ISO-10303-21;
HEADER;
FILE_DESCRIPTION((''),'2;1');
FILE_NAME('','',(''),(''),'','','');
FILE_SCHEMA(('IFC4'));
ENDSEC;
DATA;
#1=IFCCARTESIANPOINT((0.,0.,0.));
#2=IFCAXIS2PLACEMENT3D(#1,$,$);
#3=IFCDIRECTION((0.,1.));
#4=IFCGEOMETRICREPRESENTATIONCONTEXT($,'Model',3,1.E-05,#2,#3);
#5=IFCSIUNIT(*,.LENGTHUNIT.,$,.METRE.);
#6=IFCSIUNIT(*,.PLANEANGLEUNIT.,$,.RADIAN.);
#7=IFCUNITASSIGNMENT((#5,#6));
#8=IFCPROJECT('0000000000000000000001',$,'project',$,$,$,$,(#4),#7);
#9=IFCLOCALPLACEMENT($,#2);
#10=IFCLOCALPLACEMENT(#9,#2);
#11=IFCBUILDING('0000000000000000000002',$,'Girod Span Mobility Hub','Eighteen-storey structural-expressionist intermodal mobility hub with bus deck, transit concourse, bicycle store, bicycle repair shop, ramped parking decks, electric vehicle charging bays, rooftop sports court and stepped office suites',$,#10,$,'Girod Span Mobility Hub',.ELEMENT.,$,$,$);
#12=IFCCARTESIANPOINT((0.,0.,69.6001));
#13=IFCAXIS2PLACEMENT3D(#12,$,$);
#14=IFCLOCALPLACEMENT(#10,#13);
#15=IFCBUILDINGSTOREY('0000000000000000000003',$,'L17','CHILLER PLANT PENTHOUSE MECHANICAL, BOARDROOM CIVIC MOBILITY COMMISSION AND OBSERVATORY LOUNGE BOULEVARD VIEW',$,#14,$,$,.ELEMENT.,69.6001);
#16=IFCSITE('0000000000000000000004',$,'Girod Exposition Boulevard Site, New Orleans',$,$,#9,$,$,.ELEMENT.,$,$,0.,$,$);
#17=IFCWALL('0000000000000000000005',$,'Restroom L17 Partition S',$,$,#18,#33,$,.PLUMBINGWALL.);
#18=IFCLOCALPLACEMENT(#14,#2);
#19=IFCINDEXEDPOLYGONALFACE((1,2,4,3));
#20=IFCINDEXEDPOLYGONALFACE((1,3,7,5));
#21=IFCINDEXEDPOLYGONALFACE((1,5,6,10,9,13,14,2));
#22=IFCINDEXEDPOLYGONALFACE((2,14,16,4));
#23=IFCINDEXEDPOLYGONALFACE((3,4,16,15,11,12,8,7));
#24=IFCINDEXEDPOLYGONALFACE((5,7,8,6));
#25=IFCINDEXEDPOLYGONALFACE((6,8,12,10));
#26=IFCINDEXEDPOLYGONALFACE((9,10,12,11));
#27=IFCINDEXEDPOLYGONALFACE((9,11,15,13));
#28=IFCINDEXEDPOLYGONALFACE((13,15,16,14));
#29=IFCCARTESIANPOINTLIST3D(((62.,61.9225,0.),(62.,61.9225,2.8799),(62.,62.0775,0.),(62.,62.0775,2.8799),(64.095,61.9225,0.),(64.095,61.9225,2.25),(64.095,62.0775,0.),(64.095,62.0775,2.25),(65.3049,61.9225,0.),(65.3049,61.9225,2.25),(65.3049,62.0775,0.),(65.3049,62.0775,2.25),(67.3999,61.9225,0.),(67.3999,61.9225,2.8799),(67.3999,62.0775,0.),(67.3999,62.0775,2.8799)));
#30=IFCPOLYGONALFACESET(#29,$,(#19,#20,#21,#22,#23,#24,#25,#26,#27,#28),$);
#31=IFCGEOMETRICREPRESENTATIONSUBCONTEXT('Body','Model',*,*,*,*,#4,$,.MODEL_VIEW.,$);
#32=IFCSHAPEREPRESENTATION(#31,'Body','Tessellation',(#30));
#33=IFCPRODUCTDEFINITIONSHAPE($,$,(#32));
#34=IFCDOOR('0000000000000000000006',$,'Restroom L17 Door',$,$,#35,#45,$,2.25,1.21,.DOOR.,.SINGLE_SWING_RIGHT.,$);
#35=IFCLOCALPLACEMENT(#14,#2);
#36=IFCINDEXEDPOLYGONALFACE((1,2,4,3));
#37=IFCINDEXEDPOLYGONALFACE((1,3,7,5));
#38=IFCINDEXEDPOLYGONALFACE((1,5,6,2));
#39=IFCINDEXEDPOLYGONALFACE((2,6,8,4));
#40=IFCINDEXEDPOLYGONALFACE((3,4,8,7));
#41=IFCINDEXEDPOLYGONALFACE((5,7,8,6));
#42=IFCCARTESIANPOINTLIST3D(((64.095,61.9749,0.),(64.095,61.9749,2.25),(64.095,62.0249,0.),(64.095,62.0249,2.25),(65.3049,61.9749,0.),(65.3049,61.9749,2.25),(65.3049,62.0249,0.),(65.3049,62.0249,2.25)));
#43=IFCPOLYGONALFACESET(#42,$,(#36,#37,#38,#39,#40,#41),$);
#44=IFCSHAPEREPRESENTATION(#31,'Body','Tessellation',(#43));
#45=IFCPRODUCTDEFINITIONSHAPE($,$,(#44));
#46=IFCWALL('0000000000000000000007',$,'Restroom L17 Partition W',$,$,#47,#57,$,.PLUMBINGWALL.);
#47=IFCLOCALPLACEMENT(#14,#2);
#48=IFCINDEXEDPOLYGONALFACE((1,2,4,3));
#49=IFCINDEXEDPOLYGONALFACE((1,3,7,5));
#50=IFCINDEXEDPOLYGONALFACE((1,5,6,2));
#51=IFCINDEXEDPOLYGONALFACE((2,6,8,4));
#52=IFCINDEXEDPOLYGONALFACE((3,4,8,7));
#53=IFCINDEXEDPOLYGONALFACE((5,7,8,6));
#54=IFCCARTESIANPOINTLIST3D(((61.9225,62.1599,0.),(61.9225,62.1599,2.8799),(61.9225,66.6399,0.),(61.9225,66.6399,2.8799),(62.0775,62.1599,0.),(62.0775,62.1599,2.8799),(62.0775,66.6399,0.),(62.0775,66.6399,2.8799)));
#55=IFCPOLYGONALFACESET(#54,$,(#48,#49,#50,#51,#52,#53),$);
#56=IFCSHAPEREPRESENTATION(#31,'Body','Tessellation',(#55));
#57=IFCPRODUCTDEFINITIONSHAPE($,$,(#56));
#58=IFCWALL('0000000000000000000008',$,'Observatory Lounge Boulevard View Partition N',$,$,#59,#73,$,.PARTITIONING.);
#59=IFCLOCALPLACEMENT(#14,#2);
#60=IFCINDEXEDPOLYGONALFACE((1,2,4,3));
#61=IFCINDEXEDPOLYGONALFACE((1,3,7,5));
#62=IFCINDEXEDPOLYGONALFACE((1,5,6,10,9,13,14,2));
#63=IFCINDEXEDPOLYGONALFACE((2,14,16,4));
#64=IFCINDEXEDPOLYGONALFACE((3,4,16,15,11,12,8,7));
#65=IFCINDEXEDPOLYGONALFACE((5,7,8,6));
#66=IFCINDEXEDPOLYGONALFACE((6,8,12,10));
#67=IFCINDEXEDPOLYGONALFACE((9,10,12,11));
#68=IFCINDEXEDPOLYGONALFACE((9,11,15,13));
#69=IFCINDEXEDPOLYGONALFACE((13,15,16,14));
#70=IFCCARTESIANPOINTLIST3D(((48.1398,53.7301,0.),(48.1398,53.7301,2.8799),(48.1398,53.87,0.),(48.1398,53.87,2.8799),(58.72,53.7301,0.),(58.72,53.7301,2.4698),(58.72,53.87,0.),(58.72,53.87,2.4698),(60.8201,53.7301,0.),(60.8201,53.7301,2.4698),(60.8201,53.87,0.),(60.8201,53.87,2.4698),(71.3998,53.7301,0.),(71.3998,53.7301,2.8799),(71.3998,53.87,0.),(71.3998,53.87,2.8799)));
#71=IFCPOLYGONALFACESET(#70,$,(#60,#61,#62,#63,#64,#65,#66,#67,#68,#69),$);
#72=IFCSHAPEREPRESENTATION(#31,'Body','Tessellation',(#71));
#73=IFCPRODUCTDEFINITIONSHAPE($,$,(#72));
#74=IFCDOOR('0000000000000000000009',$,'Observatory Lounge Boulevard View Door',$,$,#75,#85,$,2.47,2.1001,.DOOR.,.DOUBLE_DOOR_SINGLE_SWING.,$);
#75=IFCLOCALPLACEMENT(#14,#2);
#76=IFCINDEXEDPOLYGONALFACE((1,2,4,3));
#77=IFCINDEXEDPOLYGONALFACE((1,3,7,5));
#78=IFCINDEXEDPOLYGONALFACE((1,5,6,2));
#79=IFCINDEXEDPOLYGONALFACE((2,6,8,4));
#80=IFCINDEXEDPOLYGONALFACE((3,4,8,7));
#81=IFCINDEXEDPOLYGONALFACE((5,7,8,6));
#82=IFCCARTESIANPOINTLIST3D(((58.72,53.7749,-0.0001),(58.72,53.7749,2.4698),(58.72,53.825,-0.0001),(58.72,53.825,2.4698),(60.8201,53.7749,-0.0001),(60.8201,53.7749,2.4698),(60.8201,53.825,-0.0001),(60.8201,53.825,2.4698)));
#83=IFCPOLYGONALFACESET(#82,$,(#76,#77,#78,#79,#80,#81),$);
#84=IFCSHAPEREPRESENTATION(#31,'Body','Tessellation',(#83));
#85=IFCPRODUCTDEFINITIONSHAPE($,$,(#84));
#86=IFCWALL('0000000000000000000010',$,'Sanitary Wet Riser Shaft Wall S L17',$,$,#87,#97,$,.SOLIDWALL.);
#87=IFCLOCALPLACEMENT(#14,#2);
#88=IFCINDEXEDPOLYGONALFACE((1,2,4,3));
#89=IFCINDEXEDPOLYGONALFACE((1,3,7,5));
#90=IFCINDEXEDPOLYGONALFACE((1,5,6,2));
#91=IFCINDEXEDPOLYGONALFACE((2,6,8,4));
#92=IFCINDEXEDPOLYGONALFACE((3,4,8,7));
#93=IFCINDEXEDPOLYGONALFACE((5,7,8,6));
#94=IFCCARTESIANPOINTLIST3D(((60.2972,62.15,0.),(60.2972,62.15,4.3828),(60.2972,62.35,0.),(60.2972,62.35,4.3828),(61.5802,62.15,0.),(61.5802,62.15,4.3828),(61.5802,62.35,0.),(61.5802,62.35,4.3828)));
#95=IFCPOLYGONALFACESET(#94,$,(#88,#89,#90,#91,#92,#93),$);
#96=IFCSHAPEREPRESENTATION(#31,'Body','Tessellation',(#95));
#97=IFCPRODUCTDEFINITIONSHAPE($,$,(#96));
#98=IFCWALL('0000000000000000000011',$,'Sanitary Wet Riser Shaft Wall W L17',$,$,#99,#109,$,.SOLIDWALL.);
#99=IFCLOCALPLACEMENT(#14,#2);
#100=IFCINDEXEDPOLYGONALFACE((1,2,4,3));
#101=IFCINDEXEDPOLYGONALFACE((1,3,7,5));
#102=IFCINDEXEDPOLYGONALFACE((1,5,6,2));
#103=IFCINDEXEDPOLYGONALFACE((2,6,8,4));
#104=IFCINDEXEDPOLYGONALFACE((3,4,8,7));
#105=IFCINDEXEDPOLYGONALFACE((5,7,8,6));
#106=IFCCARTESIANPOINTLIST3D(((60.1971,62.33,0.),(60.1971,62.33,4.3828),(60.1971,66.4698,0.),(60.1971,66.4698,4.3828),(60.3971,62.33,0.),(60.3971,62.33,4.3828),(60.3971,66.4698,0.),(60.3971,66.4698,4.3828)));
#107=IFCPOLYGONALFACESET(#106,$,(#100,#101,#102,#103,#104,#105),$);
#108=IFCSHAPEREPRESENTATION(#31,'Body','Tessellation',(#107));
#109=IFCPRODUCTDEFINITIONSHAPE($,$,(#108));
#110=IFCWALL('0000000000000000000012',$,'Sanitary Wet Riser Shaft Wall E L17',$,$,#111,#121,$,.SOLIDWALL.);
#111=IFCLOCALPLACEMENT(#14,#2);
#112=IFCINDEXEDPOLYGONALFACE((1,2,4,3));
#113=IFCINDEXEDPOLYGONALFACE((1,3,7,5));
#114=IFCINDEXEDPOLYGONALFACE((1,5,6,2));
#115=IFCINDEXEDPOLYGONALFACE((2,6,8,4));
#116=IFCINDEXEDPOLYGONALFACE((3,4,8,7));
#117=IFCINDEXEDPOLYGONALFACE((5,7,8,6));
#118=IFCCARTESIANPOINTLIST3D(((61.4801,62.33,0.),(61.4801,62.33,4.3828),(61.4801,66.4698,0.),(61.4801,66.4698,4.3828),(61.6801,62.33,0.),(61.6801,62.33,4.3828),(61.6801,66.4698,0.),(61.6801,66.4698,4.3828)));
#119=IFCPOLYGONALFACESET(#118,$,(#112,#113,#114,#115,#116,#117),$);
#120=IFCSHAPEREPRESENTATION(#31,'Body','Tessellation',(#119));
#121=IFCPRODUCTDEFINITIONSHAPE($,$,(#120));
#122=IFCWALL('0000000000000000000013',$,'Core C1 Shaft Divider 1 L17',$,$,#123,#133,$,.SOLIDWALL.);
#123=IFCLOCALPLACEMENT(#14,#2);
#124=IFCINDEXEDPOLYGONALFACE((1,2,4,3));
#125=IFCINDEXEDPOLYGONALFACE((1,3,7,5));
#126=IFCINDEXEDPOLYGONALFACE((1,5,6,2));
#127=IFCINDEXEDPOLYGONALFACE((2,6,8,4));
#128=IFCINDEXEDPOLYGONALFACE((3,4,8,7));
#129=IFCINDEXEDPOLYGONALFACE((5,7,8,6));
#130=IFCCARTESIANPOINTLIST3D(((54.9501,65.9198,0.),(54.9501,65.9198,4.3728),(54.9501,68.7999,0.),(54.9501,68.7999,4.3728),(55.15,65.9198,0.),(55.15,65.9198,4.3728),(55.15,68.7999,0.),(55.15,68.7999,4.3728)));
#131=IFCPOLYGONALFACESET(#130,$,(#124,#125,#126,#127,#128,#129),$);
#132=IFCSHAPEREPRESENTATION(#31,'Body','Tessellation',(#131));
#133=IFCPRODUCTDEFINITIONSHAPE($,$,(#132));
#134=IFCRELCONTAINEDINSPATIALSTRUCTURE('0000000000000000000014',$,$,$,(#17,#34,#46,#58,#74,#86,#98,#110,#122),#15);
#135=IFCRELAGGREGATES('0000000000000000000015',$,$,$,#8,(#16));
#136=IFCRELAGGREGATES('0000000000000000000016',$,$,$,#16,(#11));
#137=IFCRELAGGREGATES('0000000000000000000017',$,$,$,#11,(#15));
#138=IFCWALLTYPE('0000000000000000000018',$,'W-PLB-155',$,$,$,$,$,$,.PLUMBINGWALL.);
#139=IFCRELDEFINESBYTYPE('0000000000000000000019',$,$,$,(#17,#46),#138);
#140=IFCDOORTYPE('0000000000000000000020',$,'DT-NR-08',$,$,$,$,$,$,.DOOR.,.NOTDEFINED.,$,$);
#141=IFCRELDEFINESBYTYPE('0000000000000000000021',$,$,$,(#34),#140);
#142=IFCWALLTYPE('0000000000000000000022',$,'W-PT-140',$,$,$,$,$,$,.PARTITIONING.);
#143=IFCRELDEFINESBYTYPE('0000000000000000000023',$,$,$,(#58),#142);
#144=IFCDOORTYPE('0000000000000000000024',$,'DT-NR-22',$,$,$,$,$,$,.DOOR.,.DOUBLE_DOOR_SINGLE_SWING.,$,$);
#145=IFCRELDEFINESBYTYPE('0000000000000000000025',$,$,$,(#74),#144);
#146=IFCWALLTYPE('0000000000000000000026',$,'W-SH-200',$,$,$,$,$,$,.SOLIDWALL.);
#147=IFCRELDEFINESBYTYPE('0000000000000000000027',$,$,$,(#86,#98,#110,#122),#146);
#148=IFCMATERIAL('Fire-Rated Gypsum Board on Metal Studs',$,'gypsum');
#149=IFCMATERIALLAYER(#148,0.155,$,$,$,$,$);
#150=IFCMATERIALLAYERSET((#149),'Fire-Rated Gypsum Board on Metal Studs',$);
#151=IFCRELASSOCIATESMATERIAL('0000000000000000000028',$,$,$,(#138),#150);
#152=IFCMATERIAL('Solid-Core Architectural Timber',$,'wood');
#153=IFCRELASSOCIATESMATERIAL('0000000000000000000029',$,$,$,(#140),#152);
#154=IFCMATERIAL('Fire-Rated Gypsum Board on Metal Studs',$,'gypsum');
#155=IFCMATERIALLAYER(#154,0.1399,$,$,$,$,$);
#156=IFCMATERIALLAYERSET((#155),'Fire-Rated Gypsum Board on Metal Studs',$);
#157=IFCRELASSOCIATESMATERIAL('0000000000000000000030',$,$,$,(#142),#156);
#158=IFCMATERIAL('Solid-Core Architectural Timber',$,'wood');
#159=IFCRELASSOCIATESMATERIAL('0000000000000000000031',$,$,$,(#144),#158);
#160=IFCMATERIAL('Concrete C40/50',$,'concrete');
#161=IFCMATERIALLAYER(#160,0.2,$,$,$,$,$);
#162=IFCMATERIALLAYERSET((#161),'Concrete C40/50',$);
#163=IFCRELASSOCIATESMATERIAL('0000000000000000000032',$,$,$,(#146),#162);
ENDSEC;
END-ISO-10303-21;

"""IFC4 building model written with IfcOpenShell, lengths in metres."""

from ifc_helpers import new_model, si_unit, direction, frame, frame_2d, origin, place, context, subcontext, project, spatial, rectangle, extrude, material, layer, layer_set, type_object, element, fill, save


model = new_model("IFC4")

# Units and contexts
model_context = context("Model", 3, precision=1e-05, world=origin(), true_north=direction((0.0, 1.0)))
body_context = subcontext(model_context, "Body", "Model", "MODEL_VIEW")
ifc_project = project(units=[si_unit("LENGTHUNIT", "METRE"), si_unit("PLANEANGLEUNIT", "RADIAN")], contexts=[model_context])

# Site, building, storey
site_placement = place(None, origin())
site = spatial("IfcSite", under=ifc_project, at=site_placement, Name="Girod Exposition Boulevard Site, New Orleans", CompositionType="ELEMENT", RefElevation=0.0)
building_placement = place(site_placement, origin())
building = spatial("IfcBuilding", under=site, at=building_placement, Name="Girod Span Mobility Hub", Description="Eighteen-storey structural-expressionist intermodal mobility hub with bus deck, transit concourse, bicycle store, bicycle repair shop, ramped parking decks, electric vehicle charging bays, rooftop sports court and stepped office suites", LongName="Girod Span Mobility Hub", CompositionType="ELEMENT")
storey_placement = place(building_placement, frame((0.0, 0.0, 69.6001)))
storey = spatial("IfcBuildingStorey", under=building, at=storey_placement, Name="L17", Description="CHILLER PLANT PENTHOUSE MECHANICAL, BOARDROOM CIVIC MOBILITY COMMISSION AND OBSERVATORY LOUNGE BOULEVARD VIEW", CompositionType="ELEMENT", Elevation=69.6001)

# Wall, opening, door
ifc_material_1 = material(Name="Fire-Rated Gypsum Board on Metal Studs", Category="gypsum")
ifc_layer_1 = layer(ifc_material_1, 0.155)
ifc_layer_set_1 = layer_set([ifc_layer_1], Name="Fire-Rated Gypsum Board on Metal Studs")
wall_type_1 = type_object("IfcWallType", Name="W-PLB-155", PredefinedType="PLUMBINGWALL", material=ifc_layer_set_1)
wall_1_placement = place(storey_placement, frame((62.0, 62.0, 0.0), z_axis=(0.0, 0.0, 1.0), x_axis=(1.0, 0.0, 0.0)))
wall_1 = element("IfcWall", 1, at=wall_1_placement, inside=storey, type_object=wall_type_1, Name="Restroom L17 Partition S", PredefinedType="PLUMBINGWALL", context=body_context, shape_type="SweptSolid", body=[
    extrude(rectangle(XDim=5.3999, YDim=0.155, at=frame_2d((2.7, 0.0))), origin(), (0.0, 0.0, 1.0), 2.8799),
])
opening_1_placement = place(wall_1_placement, frame((2.095, 0.0, 0.0)))
opening_1 = element("IfcOpeningElement", 2, at=opening_1_placement, cuts=wall_1, PredefinedType="OPENING", context=body_context, shape_type="SweptSolid", body=[
    extrude(rectangle(XDim=1.21, YDim=2.25, at=frame_2d((0.605, 1.125))), frame((0.0, 0.0925, 0.0), z_axis=(0.0, -1.0, 0.0), x_axis=(1.0, 0.0, 0.0)), (0.0, 0.0, 1.0), 0.1851),
])
ifc_material_2 = material(Name="Solid-Core Architectural Timber", Category="wood")
door_type_1 = type_object("IfcDoorType", Name="DT-NR-08", OperationType="NOTDEFINED", PredefinedType="DOOR", material=ifc_material_2)
door_1_placement = place(opening_1_placement, origin())
door_1 = element("IfcDoor", 3, at=door_1_placement, inside=storey, type_object=door_type_1, Name="Restroom L17 Door", OperationType="SINGLE_SWING_RIGHT", OverallHeight=2.25, OverallWidth=1.21, PredefinedType="DOOR", context=body_context, shape_type="SweptSolid", body=[
    extrude(rectangle(XDim=1.21, YDim=2.25, at=frame_2d((0.605, 1.125))), frame((0.0, 0.0249, 0.0), z_axis=(0.0, -1.0, 0.0), x_axis=(1.0, 0.0, 0.0)), (0.0, 0.0, 1.0), 0.05),
])
fill(opening_1, door_1)

# Wall
wall_2_placement = place(storey_placement, frame((62.0, 62.1599, 0.0), z_axis=(0.0, 0.0, 1.0), x_axis=(0.0, 1.0, 0.0)))
element("IfcWall", 4, at=wall_2_placement, inside=storey, type_object=wall_type_1, Name="Restroom L17 Partition W", PredefinedType="PLUMBINGWALL", context=body_context, shape_type="SweptSolid", body=[
    extrude(rectangle(XDim=4.48, YDim=0.155, at=frame_2d((2.24, 0.0))), origin(), (0.0, 0.0, 1.0), 2.8799),
])

# Wall, opening, door
ifc_material_3 = material(Name="Fire-Rated Gypsum Board on Metal Studs", Category="gypsum")
ifc_layer_2 = layer(ifc_material_3, 0.1399)
ifc_layer_set_2 = layer_set([ifc_layer_2], Name="Fire-Rated Gypsum Board on Metal Studs")
wall_type_2 = type_object("IfcWallType", Name="W-PT-140", PredefinedType="PARTITIONING", material=ifc_layer_set_2)
wall_3_placement = place(storey_placement, frame((48.1399, 53.8, 0.0), z_axis=(0.0, 0.0, 1.0), x_axis=(1.0, 0.0, 0.0)))
wall_3 = element("IfcWall", 5, at=wall_3_placement, inside=storey, type_object=wall_type_2, Name="Observatory Lounge Boulevard View Partition N", PredefinedType="PARTITIONING", context=body_context, shape_type="SweptSolid", body=[
    extrude(rectangle(XDim=23.26, YDim=0.1399, at=frame_2d((11.6299, 0.0))), origin(), (0.0, 0.0, 1.0), 2.8799),
])
opening_2_placement = place(wall_3_placement, frame((10.5801, 0.0, 0.0)))
opening_2 = element("IfcOpeningElement", 6, at=opening_2_placement, cuts=wall_3, PredefinedType="OPENING", context=body_context, shape_type="SweptSolid", body=[
    extrude(rectangle(XDim=2.1001, YDim=2.47, at=frame_2d((1.05, 1.2349))), frame((0.0, 0.085, 0.0), z_axis=(0.0, -1.0, 0.0), x_axis=(1.0, 0.0, 0.0)), (0.0, 0.0, 1.0), 0.1699),
])
ifc_material_4 = material(Name="Solid-Core Architectural Timber", Category="wood")
door_type_2 = type_object("IfcDoorType", Name="DT-NR-22", OperationType="DOUBLE_DOOR_SINGLE_SWING", PredefinedType="DOOR", material=ifc_material_4)
door_2_placement = place(opening_2_placement, origin())
door_2 = element("IfcDoor", 7, at=door_2_placement, inside=storey, type_object=door_type_2, Name="Observatory Lounge Boulevard View Door", OperationType="DOUBLE_DOOR_SINGLE_SWING", OverallHeight=2.47, OverallWidth=2.1001, PredefinedType="DOOR", context=body_context, shape_type="SweptSolid", body=[
    extrude(rectangle(XDim=2.1001, YDim=2.47, at=frame_2d((1.05, 1.2349))), frame((0.0, 0.0249, 0.0), z_axis=(0.0, -1.0, 0.0), x_axis=(1.0, 0.0, 0.0)), (0.0, 0.0, 1.0), 0.05),
])
fill(opening_2, door_2)

# Walls
ifc_material_5 = material(Name="Concrete C40/50", Category="concrete")
ifc_layer_3 = layer(ifc_material_5, 0.2)
ifc_layer_set_3 = layer_set([ifc_layer_3], Name="Concrete C40/50")
wall_type_3 = type_object("IfcWallType", Name="W-SH-200", PredefinedType="SOLIDWALL", material=ifc_layer_set_3)
wall_4_placement = place(storey_placement, frame((60.2971, 62.25, 0.0), z_axis=(0.0, 0.0, 1.0), x_axis=(1.0, 0.0, 0.0)))
element("IfcWall", 8, at=wall_4_placement, inside=storey, type_object=wall_type_3, Name="Sanitary Wet Riser Shaft Wall S L17", PredefinedType="SOLIDWALL", context=body_context, shape_type="SweptSolid", body=[
    extrude(rectangle(XDim=1.283, YDim=0.2, at=frame_2d((0.6416, 0.0))), origin(), (0.0, 0.0, 1.0), 4.3828),
])
for number, where, z_axis, x_axis, name in (
    (9, (60.2971, 62.3301, 0.0), (0.0, 0.0, 1.0), (0.0, 1.0, 0.0), "Sanitary Wet Riser Shaft Wall W L17"),
    (10, (61.5801, 62.3301, 0.0), (0.0, 0.0, 1.0), (0.0, 1.0, 0.0), "Sanitary Wet Riser Shaft Wall E L17"),
):
    element("IfcWall", number, at=place(storey_placement, frame(where, z_axis=z_axis, x_axis=x_axis)), inside=storey, type_object=wall_type_3, Name=name, PredefinedType="SOLIDWALL", context=body_context, shape_type="SweptSolid", body=[
        extrude(rectangle(XDim=4.1399, YDim=0.2, at=frame_2d((2.0698, 0.0))), origin(), (0.0, 0.0, 1.0), 4.3828),
    ])
wall_5_placement = place(storey_placement, frame((55.05, 65.9199, 0.0), z_axis=(0.0, 0.0, 1.0), x_axis=(0.0, 1.0, 0.0)))
element("IfcWall", 11, at=wall_5_placement, inside=storey, type_object=wall_type_3, Name="Core C1 Shaft Divider 1 L17", PredefinedType="SOLIDWALL", context=body_context, shape_type="SweptSolid", body=[
    extrude(rectangle(XDim=2.8801, YDim=0.2, at=frame_2d((1.4399, 0.0))), origin(), (0.0, 0.0, 1.0), 4.3728),
])

save(model, "model.ifc")
